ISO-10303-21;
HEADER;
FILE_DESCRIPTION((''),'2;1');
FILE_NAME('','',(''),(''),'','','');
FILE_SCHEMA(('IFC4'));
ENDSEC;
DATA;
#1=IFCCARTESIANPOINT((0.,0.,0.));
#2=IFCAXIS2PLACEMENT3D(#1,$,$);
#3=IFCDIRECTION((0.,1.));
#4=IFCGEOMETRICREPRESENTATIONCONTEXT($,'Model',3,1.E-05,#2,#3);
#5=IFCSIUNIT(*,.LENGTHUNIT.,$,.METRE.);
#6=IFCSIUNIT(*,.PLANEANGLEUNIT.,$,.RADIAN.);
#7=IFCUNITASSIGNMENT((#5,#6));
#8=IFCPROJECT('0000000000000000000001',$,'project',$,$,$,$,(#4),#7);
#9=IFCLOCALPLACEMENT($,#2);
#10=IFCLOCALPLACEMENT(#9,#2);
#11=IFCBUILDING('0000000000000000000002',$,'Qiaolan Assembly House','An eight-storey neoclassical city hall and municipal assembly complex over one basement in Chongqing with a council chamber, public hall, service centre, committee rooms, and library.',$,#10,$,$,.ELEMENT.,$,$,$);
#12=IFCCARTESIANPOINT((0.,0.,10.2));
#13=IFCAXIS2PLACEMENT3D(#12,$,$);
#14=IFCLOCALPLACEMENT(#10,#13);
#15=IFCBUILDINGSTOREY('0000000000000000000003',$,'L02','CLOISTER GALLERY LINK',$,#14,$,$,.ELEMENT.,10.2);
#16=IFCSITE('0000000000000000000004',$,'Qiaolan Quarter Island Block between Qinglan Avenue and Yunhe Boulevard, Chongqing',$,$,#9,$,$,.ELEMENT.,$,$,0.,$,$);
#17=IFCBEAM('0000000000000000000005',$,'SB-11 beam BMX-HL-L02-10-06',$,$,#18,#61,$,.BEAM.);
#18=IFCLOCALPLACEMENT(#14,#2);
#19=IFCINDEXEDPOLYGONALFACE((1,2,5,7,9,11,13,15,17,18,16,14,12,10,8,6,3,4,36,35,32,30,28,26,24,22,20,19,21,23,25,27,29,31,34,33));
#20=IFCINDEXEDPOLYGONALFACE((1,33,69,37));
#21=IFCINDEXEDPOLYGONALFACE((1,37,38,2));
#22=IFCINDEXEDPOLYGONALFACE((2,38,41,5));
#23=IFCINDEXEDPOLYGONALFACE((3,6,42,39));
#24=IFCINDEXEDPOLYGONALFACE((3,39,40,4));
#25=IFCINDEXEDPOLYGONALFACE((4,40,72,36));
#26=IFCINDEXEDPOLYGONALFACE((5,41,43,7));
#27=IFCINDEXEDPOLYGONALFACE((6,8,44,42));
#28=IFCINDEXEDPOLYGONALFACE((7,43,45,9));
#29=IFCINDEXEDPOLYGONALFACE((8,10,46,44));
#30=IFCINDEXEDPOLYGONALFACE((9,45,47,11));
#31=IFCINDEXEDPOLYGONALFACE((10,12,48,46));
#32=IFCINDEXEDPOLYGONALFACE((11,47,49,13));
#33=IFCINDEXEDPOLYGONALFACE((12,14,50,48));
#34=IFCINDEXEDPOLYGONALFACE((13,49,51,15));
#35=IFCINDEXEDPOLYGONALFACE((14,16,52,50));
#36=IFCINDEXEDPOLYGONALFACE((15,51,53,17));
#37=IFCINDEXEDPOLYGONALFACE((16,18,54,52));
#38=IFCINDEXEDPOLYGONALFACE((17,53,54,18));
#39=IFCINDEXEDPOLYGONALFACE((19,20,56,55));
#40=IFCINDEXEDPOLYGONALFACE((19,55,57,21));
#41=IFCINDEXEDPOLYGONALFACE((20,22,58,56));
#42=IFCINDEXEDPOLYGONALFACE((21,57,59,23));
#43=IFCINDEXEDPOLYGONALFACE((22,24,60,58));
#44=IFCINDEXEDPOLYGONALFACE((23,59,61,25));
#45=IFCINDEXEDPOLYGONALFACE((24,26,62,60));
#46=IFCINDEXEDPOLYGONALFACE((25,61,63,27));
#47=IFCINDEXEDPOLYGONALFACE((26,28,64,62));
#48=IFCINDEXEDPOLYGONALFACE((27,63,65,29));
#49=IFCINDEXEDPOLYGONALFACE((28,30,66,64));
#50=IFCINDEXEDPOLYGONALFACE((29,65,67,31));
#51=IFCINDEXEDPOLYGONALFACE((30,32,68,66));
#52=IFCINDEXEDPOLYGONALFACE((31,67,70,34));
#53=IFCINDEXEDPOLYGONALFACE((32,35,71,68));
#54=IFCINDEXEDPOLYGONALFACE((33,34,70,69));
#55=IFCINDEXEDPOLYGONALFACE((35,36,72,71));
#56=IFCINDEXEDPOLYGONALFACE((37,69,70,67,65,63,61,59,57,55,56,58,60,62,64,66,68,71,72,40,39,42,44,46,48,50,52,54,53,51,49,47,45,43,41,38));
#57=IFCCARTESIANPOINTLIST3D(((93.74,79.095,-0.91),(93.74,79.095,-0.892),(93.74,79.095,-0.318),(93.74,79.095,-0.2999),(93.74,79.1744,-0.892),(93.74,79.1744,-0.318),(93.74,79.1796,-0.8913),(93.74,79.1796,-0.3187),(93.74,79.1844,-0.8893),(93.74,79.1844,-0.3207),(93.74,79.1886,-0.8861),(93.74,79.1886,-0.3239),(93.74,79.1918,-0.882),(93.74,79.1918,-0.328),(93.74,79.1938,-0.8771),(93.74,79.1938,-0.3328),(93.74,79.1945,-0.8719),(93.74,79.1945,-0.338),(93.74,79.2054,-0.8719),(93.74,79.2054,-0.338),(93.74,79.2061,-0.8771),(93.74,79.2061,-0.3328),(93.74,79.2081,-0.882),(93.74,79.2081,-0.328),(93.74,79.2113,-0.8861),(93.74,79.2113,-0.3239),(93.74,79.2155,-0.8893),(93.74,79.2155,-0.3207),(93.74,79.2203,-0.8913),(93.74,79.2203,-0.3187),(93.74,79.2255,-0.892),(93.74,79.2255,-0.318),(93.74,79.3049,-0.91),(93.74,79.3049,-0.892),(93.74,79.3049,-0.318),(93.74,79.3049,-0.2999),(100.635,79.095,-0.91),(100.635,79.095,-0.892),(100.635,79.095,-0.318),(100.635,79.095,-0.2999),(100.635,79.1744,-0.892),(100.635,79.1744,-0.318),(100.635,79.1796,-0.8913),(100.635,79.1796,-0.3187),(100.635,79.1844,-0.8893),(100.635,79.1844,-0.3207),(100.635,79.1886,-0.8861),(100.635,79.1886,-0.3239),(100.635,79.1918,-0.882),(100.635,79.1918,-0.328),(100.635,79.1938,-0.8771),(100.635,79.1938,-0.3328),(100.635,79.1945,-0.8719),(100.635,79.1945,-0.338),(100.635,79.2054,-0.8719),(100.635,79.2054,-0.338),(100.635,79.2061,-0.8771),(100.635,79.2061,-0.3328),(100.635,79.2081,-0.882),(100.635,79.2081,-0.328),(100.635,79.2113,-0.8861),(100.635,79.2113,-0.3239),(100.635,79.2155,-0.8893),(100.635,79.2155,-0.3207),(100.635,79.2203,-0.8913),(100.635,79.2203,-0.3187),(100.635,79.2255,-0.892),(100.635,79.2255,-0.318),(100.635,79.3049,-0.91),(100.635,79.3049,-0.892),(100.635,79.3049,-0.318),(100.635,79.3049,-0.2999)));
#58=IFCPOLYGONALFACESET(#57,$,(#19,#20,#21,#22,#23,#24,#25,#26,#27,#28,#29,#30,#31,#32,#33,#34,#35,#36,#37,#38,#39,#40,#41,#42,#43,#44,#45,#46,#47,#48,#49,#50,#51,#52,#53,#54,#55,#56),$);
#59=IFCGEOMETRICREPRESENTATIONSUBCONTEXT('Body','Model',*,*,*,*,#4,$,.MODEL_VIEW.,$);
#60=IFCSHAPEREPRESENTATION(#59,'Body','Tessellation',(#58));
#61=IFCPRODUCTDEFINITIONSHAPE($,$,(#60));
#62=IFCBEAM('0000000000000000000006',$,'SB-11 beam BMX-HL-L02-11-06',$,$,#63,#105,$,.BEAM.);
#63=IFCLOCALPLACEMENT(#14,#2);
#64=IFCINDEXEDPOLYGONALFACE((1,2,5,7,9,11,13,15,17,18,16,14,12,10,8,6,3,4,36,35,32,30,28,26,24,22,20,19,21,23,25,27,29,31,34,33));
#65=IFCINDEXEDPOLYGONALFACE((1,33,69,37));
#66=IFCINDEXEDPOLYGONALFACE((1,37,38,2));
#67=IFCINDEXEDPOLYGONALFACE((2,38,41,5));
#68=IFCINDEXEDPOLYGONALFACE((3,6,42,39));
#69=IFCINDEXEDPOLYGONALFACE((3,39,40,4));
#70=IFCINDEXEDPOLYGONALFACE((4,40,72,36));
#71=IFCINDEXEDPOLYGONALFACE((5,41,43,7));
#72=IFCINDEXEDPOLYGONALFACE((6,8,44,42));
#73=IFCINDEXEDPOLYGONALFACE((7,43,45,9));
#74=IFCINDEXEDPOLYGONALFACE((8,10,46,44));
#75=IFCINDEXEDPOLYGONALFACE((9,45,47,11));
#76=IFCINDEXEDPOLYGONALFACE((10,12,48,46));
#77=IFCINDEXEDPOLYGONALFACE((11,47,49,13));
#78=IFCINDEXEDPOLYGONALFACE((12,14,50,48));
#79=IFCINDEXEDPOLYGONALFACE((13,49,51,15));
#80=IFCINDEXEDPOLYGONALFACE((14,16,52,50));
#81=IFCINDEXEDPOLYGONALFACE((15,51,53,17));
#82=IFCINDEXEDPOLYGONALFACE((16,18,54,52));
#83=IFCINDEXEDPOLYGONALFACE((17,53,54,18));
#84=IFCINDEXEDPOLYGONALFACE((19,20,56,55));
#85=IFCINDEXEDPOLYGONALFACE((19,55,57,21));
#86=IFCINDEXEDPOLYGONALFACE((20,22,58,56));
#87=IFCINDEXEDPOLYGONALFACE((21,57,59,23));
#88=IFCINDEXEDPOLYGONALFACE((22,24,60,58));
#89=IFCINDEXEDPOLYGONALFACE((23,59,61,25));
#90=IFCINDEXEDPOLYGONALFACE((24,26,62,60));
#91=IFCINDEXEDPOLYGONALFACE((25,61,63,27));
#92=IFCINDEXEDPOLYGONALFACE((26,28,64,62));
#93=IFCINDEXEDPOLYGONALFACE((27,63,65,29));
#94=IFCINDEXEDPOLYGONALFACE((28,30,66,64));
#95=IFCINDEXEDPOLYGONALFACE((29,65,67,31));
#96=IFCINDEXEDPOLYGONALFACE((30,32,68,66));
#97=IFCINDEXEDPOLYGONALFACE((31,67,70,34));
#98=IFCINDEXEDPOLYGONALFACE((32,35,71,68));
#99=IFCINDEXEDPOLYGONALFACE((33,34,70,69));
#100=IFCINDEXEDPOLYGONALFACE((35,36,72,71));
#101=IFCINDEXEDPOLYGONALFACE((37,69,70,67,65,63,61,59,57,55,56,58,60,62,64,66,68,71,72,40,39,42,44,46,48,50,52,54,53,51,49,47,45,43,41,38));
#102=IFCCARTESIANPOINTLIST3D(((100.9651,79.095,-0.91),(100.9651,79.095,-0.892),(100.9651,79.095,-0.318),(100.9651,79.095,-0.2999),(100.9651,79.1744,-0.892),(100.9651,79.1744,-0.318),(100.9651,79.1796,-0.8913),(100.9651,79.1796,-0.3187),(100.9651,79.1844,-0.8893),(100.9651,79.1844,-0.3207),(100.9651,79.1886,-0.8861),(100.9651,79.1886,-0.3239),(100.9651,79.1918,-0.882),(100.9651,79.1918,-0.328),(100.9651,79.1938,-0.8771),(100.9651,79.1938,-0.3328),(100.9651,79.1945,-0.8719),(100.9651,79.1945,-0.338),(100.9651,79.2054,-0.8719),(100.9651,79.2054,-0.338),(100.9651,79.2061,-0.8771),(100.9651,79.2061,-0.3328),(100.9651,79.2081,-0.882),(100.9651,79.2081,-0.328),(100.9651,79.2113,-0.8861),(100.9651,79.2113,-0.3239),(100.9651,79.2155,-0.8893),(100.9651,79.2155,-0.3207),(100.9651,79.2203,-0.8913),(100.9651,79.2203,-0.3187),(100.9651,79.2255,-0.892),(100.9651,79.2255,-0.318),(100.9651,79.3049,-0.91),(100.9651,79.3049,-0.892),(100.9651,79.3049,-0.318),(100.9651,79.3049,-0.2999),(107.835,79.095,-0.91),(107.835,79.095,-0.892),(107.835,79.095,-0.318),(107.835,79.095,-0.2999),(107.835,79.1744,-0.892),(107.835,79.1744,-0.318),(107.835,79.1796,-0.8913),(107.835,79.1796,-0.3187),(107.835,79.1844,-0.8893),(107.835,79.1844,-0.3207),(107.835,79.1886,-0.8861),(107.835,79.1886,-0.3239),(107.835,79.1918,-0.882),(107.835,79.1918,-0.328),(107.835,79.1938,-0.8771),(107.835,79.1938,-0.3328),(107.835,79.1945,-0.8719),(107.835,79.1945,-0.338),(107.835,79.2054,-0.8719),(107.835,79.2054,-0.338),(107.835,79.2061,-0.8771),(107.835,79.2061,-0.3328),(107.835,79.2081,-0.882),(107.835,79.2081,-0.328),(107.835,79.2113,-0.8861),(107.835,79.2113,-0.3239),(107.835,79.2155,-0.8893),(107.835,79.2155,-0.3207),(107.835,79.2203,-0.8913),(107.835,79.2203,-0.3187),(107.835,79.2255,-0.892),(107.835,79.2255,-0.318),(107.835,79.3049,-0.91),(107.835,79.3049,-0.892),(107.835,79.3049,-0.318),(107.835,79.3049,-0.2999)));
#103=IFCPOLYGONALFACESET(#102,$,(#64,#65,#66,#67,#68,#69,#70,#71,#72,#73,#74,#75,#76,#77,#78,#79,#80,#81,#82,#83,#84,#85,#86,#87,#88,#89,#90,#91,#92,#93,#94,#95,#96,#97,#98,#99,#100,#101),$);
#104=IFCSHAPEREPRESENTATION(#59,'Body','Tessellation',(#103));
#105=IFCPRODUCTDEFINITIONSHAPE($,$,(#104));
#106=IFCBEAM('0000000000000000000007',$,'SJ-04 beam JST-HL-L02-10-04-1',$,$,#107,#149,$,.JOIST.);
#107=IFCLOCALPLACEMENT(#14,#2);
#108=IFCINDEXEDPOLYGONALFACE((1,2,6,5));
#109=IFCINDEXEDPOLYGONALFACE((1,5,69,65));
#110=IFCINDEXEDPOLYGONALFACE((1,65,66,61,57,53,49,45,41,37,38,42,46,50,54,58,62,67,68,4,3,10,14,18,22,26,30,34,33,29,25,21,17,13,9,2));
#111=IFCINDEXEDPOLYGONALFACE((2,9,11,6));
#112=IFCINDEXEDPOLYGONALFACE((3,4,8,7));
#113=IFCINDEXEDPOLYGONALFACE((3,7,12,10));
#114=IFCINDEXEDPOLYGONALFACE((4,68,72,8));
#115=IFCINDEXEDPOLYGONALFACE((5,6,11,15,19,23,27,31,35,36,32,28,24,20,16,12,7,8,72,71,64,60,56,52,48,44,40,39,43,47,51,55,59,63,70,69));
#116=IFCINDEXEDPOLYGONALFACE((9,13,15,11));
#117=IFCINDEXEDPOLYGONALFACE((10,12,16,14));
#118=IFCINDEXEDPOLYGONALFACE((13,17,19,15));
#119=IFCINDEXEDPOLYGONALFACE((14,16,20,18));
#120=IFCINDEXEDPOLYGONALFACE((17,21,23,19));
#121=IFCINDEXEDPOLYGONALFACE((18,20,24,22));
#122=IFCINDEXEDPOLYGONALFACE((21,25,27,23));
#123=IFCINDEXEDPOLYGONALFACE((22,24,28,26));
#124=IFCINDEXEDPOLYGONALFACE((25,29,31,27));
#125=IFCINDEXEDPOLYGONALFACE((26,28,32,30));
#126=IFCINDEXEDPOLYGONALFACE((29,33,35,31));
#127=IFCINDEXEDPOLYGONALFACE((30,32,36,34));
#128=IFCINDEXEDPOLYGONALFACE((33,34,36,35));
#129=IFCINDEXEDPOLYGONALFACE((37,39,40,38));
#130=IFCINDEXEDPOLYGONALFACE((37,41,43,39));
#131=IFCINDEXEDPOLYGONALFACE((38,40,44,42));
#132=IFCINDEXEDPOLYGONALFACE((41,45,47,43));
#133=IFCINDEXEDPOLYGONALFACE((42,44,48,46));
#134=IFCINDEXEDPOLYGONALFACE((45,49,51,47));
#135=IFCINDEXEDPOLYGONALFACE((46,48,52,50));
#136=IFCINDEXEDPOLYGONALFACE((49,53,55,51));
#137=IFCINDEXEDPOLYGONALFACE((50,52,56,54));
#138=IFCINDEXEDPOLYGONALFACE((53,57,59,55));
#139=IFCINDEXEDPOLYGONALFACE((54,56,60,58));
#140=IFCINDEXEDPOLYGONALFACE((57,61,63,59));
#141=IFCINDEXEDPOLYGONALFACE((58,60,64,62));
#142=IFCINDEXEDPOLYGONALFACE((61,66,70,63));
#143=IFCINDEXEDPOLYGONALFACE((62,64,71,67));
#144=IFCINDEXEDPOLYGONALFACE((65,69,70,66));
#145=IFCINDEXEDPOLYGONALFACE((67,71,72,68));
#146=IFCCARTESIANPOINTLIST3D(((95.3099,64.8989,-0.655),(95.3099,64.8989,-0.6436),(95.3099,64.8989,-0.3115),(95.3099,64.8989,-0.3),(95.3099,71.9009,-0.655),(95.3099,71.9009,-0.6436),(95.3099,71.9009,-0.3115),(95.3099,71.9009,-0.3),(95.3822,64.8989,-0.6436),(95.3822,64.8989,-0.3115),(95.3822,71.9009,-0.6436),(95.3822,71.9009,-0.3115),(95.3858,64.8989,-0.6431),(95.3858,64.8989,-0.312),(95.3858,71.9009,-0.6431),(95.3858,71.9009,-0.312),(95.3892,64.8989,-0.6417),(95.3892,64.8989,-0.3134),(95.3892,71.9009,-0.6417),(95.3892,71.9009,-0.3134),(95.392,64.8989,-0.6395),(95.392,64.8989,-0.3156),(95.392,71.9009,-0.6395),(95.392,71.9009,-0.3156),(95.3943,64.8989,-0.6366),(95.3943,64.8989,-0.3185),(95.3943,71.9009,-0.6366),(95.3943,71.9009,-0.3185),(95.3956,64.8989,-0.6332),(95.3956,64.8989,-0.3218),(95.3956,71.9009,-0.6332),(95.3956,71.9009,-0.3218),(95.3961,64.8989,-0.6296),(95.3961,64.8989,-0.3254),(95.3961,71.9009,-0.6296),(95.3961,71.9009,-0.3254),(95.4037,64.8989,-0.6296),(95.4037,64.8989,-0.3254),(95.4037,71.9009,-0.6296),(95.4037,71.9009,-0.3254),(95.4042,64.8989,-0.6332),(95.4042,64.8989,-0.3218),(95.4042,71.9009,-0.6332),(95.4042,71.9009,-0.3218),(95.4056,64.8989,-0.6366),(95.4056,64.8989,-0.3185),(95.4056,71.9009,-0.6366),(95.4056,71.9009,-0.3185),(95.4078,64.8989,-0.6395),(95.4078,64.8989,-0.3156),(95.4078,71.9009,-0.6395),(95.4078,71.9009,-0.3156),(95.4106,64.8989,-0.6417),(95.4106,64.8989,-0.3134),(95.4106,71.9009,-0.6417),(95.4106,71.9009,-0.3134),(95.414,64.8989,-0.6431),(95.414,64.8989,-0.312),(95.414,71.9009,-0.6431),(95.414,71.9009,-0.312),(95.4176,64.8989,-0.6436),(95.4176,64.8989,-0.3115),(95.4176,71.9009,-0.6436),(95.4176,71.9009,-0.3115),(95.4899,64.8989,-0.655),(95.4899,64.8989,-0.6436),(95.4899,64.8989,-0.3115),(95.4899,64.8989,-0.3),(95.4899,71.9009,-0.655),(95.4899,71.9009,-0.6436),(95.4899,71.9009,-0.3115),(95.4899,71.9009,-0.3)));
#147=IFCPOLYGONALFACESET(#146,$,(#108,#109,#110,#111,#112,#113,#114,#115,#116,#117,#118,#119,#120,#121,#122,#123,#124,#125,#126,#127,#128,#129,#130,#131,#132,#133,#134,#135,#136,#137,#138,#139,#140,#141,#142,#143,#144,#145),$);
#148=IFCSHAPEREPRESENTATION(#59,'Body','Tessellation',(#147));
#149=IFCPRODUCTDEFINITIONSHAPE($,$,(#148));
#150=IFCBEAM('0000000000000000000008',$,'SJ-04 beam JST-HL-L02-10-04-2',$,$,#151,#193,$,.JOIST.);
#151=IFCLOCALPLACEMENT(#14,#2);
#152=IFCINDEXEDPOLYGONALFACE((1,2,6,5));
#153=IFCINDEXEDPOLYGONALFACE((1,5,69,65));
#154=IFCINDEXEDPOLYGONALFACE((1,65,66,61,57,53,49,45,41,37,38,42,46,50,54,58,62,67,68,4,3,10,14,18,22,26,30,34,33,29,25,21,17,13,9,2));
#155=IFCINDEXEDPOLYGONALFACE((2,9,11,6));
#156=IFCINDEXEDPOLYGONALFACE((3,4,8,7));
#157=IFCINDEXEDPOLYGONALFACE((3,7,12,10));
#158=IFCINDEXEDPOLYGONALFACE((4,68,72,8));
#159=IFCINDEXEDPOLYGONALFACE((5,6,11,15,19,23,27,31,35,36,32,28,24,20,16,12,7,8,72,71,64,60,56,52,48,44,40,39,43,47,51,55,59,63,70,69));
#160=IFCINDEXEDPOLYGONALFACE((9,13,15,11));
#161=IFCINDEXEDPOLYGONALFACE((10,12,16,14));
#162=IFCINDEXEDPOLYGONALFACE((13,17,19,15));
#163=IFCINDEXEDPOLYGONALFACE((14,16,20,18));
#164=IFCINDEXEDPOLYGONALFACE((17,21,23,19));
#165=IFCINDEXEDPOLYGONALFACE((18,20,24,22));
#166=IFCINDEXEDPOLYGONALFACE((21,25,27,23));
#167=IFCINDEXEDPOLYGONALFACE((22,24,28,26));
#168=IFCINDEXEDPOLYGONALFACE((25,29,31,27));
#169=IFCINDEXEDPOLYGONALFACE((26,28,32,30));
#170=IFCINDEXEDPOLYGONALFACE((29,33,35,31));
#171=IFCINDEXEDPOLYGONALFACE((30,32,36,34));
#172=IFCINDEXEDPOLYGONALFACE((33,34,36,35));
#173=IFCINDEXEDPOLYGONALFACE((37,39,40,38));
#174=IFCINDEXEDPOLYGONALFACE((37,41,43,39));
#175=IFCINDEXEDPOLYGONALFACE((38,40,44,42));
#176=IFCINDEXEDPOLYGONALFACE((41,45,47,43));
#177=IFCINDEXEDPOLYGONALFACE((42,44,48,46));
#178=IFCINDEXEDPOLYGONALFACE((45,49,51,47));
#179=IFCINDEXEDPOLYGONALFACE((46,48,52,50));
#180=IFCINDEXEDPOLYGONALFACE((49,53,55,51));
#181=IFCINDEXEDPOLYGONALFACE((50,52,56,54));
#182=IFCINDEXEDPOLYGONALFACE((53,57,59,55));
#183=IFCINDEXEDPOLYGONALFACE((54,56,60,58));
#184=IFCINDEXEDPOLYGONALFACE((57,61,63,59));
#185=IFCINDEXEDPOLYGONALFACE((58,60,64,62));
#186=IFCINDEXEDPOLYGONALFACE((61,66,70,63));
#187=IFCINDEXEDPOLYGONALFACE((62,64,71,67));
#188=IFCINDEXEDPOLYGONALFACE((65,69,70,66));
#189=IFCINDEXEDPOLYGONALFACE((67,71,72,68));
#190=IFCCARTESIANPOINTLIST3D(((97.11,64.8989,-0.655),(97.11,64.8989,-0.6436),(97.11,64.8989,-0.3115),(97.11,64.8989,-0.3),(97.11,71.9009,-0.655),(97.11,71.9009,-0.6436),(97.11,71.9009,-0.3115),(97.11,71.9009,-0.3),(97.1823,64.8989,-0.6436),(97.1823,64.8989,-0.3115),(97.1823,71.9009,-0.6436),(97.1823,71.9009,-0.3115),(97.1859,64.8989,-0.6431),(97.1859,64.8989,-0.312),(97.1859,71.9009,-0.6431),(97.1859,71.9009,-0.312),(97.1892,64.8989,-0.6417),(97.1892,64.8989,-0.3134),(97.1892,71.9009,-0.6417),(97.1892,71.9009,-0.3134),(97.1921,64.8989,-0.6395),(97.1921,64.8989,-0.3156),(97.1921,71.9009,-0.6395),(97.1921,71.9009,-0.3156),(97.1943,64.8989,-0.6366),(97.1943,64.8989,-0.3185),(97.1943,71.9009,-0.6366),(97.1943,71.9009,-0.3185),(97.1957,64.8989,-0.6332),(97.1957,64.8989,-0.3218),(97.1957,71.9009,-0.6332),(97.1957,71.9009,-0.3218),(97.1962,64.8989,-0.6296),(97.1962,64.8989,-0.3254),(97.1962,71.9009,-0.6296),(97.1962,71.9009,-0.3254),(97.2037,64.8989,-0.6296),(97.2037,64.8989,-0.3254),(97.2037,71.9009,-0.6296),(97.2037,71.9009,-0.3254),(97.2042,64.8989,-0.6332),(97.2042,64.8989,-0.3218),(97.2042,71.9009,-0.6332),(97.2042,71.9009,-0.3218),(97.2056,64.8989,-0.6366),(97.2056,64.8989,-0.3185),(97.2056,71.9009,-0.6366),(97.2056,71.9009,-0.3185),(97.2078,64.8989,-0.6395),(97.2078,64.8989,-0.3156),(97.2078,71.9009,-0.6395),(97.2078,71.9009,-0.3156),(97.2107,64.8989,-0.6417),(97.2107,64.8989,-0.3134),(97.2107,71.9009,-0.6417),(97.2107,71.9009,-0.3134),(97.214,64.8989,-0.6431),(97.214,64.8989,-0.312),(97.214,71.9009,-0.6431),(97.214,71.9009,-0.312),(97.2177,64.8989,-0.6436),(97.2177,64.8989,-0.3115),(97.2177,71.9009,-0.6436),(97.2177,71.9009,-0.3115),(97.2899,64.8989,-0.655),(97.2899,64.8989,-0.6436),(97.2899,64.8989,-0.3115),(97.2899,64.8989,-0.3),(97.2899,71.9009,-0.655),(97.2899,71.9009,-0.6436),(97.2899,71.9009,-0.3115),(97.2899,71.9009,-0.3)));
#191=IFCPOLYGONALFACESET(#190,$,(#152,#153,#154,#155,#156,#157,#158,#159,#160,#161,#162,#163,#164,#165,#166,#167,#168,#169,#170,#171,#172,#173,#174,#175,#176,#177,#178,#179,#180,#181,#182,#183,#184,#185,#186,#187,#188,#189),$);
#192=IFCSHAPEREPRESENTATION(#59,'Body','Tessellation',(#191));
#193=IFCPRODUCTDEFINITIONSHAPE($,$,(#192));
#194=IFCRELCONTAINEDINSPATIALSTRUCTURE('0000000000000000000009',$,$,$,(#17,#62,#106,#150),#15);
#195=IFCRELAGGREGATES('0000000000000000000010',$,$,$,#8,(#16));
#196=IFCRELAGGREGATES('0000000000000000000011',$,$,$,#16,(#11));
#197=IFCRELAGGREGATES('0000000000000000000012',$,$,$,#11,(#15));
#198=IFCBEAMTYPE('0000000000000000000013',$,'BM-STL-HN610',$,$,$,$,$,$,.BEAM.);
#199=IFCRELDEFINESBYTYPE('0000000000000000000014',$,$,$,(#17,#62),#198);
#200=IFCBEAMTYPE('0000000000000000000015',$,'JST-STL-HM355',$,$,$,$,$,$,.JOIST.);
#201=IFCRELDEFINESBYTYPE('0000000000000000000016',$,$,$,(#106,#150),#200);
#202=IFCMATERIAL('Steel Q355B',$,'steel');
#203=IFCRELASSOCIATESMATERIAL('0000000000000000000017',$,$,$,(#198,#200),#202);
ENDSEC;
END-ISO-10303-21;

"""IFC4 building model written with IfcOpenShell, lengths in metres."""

from ifc_helpers import new_model, si_unit, direction, frame, origin, origin_2d, place, context, subcontext, project, spatial, i_section, extrude, material, material_profile, profile_set, type_object, element, save


model = new_model("IFC4")

# Units and contexts
model_context = context("Model", 3, precision=1e-05, world=origin(), true_north=direction((0.0, 1.0)))
body_context = subcontext(model_context, "Body", "Model", "MODEL_VIEW")
ifc_project = project(units=[si_unit("LENGTHUNIT", "METRE"), si_unit("PLANEANGLEUNIT", "RADIAN")], contexts=[model_context])

# Site, building, storey
site_placement = place(None, origin())
site = spatial("IfcSite", under=ifc_project, at=site_placement, Name="Qiaolan Quarter Island Block between Qinglan Avenue and Yunhe Boulevard, Chongqing", CompositionType="ELEMENT", RefElevation=0.0)
building_placement = place(site_placement, origin())
building = spatial("IfcBuilding", under=site, at=building_placement, Name="Qiaolan Assembly House", Description="An eight-storey neoclassical city hall and municipal assembly complex over one basement in Chongqing with a council chamber, public hall, service centre, committee rooms, and library.", CompositionType="ELEMENT")
storey_placement = place(building_placement, frame((0.0, 0.0, 10.2)))
storey = spatial("IfcBuildingStorey", under=building, at=storey_placement, Name="L02", Description="CLOISTER GALLERY LINK", CompositionType="ELEMENT", Elevation=10.2)

# Shared definitions
ifc_material = material(Name="Steel Q355B", Category="steel")

# Beams
ifc_material_profile_1 = material_profile(ifc_material, i_section(OverallWidth=0.21, OverallDepth=0.6101, WebThickness=0.011, FlangeThickness=0.0181, FilletRadius=0.02, at=origin_2d()), Name="HN 610x210x11x18")
ifc_profile_set_1 = profile_set([ifc_material_profile_1], Name="Steel Q355B")
beam_type_1 = type_object("IfcBeamType", Name="BM-STL-HN610", PredefinedType="BEAM", material=ifc_profile_set_1)
beam_1_placement = place(storey_placement, frame((93.74, 79.2, -0.605), z_axis=(1.0, 0.0, 0.0), x_axis=(0.0, 1.0, 0.0)))
element("IfcBeam", 1, at=beam_1_placement, inside=storey, type_object=beam_type_1, Name="SB-11 beam BMX-HL-L02-10-06", PredefinedType="BEAM", context=body_context, shape_type="SweptSolid", body=[
    extrude(i_section(OverallWidth=0.21, OverallDepth=0.6101, WebThickness=0.011, FlangeThickness=0.0181, FilletRadius=0.02, at=origin_2d()), origin(), (0.0, 0.0, 1.0), 6.895),
])
beam_2_placement = place(storey_placement, frame((100.9651, 79.2, -0.605), z_axis=(1.0, 0.0, 0.0), x_axis=(0.0, 1.0, 0.0)))
element("IfcBeam", 2, at=beam_2_placement, inside=storey, type_object=beam_type_1, Name="SB-11 beam BMX-HL-L02-11-06", PredefinedType="BEAM", context=body_context, shape_type="SweptSolid", body=[
    extrude(i_section(OverallWidth=0.21, OverallDepth=0.6101, WebThickness=0.011, FlangeThickness=0.0181, FilletRadius=0.02, at=origin_2d()), origin(), (0.0, 0.0, 1.0), 6.8699),
])
ifc_material_profile_2 = material_profile(ifc_material, i_section(OverallWidth=0.1799, OverallDepth=0.355, WebThickness=0.0076, FlangeThickness=0.0115, FilletRadius=0.0139, at=origin_2d()), Name="HM 355x180x7.5x11.5")
ifc_profile_set_2 = profile_set([ifc_material_profile_2], Name="Steel Q355B")
beam_type_2 = type_object("IfcBeamType", Name="JST-STL-HM355", PredefinedType="JOIST", material=ifc_profile_set_2)
for number, where, z_axis, x_axis, name in (
    (3, (95.3999, 64.8989, -0.4775), (0.0, 1.0, 0.0), (-1.0, 0.0, 0.0), "SJ-04 beam JST-HL-L02-10-04-1"),
    (4, (97.2, 64.8989, -0.4775), (0.0, 1.0, 0.0), (-1.0, 0.0, 0.0), "SJ-04 beam JST-HL-L02-10-04-2"),
):
    element("IfcBeam", number, at=place(storey_placement, frame(where, z_axis=z_axis, x_axis=x_axis)), inside=storey, type_object=beam_type_2, Name=name, PredefinedType="JOIST", context=body_context, shape_type="SweptSolid", body=[
        extrude(i_section(OverallWidth=0.1799, OverallDepth=0.355, WebThickness=0.0076, FlangeThickness=0.0115, FilletRadius=0.0139, at=origin_2d()), origin(), (0.0, 0.0, 1.0), 7.002),
    ])

save(model, "model.ifc")
